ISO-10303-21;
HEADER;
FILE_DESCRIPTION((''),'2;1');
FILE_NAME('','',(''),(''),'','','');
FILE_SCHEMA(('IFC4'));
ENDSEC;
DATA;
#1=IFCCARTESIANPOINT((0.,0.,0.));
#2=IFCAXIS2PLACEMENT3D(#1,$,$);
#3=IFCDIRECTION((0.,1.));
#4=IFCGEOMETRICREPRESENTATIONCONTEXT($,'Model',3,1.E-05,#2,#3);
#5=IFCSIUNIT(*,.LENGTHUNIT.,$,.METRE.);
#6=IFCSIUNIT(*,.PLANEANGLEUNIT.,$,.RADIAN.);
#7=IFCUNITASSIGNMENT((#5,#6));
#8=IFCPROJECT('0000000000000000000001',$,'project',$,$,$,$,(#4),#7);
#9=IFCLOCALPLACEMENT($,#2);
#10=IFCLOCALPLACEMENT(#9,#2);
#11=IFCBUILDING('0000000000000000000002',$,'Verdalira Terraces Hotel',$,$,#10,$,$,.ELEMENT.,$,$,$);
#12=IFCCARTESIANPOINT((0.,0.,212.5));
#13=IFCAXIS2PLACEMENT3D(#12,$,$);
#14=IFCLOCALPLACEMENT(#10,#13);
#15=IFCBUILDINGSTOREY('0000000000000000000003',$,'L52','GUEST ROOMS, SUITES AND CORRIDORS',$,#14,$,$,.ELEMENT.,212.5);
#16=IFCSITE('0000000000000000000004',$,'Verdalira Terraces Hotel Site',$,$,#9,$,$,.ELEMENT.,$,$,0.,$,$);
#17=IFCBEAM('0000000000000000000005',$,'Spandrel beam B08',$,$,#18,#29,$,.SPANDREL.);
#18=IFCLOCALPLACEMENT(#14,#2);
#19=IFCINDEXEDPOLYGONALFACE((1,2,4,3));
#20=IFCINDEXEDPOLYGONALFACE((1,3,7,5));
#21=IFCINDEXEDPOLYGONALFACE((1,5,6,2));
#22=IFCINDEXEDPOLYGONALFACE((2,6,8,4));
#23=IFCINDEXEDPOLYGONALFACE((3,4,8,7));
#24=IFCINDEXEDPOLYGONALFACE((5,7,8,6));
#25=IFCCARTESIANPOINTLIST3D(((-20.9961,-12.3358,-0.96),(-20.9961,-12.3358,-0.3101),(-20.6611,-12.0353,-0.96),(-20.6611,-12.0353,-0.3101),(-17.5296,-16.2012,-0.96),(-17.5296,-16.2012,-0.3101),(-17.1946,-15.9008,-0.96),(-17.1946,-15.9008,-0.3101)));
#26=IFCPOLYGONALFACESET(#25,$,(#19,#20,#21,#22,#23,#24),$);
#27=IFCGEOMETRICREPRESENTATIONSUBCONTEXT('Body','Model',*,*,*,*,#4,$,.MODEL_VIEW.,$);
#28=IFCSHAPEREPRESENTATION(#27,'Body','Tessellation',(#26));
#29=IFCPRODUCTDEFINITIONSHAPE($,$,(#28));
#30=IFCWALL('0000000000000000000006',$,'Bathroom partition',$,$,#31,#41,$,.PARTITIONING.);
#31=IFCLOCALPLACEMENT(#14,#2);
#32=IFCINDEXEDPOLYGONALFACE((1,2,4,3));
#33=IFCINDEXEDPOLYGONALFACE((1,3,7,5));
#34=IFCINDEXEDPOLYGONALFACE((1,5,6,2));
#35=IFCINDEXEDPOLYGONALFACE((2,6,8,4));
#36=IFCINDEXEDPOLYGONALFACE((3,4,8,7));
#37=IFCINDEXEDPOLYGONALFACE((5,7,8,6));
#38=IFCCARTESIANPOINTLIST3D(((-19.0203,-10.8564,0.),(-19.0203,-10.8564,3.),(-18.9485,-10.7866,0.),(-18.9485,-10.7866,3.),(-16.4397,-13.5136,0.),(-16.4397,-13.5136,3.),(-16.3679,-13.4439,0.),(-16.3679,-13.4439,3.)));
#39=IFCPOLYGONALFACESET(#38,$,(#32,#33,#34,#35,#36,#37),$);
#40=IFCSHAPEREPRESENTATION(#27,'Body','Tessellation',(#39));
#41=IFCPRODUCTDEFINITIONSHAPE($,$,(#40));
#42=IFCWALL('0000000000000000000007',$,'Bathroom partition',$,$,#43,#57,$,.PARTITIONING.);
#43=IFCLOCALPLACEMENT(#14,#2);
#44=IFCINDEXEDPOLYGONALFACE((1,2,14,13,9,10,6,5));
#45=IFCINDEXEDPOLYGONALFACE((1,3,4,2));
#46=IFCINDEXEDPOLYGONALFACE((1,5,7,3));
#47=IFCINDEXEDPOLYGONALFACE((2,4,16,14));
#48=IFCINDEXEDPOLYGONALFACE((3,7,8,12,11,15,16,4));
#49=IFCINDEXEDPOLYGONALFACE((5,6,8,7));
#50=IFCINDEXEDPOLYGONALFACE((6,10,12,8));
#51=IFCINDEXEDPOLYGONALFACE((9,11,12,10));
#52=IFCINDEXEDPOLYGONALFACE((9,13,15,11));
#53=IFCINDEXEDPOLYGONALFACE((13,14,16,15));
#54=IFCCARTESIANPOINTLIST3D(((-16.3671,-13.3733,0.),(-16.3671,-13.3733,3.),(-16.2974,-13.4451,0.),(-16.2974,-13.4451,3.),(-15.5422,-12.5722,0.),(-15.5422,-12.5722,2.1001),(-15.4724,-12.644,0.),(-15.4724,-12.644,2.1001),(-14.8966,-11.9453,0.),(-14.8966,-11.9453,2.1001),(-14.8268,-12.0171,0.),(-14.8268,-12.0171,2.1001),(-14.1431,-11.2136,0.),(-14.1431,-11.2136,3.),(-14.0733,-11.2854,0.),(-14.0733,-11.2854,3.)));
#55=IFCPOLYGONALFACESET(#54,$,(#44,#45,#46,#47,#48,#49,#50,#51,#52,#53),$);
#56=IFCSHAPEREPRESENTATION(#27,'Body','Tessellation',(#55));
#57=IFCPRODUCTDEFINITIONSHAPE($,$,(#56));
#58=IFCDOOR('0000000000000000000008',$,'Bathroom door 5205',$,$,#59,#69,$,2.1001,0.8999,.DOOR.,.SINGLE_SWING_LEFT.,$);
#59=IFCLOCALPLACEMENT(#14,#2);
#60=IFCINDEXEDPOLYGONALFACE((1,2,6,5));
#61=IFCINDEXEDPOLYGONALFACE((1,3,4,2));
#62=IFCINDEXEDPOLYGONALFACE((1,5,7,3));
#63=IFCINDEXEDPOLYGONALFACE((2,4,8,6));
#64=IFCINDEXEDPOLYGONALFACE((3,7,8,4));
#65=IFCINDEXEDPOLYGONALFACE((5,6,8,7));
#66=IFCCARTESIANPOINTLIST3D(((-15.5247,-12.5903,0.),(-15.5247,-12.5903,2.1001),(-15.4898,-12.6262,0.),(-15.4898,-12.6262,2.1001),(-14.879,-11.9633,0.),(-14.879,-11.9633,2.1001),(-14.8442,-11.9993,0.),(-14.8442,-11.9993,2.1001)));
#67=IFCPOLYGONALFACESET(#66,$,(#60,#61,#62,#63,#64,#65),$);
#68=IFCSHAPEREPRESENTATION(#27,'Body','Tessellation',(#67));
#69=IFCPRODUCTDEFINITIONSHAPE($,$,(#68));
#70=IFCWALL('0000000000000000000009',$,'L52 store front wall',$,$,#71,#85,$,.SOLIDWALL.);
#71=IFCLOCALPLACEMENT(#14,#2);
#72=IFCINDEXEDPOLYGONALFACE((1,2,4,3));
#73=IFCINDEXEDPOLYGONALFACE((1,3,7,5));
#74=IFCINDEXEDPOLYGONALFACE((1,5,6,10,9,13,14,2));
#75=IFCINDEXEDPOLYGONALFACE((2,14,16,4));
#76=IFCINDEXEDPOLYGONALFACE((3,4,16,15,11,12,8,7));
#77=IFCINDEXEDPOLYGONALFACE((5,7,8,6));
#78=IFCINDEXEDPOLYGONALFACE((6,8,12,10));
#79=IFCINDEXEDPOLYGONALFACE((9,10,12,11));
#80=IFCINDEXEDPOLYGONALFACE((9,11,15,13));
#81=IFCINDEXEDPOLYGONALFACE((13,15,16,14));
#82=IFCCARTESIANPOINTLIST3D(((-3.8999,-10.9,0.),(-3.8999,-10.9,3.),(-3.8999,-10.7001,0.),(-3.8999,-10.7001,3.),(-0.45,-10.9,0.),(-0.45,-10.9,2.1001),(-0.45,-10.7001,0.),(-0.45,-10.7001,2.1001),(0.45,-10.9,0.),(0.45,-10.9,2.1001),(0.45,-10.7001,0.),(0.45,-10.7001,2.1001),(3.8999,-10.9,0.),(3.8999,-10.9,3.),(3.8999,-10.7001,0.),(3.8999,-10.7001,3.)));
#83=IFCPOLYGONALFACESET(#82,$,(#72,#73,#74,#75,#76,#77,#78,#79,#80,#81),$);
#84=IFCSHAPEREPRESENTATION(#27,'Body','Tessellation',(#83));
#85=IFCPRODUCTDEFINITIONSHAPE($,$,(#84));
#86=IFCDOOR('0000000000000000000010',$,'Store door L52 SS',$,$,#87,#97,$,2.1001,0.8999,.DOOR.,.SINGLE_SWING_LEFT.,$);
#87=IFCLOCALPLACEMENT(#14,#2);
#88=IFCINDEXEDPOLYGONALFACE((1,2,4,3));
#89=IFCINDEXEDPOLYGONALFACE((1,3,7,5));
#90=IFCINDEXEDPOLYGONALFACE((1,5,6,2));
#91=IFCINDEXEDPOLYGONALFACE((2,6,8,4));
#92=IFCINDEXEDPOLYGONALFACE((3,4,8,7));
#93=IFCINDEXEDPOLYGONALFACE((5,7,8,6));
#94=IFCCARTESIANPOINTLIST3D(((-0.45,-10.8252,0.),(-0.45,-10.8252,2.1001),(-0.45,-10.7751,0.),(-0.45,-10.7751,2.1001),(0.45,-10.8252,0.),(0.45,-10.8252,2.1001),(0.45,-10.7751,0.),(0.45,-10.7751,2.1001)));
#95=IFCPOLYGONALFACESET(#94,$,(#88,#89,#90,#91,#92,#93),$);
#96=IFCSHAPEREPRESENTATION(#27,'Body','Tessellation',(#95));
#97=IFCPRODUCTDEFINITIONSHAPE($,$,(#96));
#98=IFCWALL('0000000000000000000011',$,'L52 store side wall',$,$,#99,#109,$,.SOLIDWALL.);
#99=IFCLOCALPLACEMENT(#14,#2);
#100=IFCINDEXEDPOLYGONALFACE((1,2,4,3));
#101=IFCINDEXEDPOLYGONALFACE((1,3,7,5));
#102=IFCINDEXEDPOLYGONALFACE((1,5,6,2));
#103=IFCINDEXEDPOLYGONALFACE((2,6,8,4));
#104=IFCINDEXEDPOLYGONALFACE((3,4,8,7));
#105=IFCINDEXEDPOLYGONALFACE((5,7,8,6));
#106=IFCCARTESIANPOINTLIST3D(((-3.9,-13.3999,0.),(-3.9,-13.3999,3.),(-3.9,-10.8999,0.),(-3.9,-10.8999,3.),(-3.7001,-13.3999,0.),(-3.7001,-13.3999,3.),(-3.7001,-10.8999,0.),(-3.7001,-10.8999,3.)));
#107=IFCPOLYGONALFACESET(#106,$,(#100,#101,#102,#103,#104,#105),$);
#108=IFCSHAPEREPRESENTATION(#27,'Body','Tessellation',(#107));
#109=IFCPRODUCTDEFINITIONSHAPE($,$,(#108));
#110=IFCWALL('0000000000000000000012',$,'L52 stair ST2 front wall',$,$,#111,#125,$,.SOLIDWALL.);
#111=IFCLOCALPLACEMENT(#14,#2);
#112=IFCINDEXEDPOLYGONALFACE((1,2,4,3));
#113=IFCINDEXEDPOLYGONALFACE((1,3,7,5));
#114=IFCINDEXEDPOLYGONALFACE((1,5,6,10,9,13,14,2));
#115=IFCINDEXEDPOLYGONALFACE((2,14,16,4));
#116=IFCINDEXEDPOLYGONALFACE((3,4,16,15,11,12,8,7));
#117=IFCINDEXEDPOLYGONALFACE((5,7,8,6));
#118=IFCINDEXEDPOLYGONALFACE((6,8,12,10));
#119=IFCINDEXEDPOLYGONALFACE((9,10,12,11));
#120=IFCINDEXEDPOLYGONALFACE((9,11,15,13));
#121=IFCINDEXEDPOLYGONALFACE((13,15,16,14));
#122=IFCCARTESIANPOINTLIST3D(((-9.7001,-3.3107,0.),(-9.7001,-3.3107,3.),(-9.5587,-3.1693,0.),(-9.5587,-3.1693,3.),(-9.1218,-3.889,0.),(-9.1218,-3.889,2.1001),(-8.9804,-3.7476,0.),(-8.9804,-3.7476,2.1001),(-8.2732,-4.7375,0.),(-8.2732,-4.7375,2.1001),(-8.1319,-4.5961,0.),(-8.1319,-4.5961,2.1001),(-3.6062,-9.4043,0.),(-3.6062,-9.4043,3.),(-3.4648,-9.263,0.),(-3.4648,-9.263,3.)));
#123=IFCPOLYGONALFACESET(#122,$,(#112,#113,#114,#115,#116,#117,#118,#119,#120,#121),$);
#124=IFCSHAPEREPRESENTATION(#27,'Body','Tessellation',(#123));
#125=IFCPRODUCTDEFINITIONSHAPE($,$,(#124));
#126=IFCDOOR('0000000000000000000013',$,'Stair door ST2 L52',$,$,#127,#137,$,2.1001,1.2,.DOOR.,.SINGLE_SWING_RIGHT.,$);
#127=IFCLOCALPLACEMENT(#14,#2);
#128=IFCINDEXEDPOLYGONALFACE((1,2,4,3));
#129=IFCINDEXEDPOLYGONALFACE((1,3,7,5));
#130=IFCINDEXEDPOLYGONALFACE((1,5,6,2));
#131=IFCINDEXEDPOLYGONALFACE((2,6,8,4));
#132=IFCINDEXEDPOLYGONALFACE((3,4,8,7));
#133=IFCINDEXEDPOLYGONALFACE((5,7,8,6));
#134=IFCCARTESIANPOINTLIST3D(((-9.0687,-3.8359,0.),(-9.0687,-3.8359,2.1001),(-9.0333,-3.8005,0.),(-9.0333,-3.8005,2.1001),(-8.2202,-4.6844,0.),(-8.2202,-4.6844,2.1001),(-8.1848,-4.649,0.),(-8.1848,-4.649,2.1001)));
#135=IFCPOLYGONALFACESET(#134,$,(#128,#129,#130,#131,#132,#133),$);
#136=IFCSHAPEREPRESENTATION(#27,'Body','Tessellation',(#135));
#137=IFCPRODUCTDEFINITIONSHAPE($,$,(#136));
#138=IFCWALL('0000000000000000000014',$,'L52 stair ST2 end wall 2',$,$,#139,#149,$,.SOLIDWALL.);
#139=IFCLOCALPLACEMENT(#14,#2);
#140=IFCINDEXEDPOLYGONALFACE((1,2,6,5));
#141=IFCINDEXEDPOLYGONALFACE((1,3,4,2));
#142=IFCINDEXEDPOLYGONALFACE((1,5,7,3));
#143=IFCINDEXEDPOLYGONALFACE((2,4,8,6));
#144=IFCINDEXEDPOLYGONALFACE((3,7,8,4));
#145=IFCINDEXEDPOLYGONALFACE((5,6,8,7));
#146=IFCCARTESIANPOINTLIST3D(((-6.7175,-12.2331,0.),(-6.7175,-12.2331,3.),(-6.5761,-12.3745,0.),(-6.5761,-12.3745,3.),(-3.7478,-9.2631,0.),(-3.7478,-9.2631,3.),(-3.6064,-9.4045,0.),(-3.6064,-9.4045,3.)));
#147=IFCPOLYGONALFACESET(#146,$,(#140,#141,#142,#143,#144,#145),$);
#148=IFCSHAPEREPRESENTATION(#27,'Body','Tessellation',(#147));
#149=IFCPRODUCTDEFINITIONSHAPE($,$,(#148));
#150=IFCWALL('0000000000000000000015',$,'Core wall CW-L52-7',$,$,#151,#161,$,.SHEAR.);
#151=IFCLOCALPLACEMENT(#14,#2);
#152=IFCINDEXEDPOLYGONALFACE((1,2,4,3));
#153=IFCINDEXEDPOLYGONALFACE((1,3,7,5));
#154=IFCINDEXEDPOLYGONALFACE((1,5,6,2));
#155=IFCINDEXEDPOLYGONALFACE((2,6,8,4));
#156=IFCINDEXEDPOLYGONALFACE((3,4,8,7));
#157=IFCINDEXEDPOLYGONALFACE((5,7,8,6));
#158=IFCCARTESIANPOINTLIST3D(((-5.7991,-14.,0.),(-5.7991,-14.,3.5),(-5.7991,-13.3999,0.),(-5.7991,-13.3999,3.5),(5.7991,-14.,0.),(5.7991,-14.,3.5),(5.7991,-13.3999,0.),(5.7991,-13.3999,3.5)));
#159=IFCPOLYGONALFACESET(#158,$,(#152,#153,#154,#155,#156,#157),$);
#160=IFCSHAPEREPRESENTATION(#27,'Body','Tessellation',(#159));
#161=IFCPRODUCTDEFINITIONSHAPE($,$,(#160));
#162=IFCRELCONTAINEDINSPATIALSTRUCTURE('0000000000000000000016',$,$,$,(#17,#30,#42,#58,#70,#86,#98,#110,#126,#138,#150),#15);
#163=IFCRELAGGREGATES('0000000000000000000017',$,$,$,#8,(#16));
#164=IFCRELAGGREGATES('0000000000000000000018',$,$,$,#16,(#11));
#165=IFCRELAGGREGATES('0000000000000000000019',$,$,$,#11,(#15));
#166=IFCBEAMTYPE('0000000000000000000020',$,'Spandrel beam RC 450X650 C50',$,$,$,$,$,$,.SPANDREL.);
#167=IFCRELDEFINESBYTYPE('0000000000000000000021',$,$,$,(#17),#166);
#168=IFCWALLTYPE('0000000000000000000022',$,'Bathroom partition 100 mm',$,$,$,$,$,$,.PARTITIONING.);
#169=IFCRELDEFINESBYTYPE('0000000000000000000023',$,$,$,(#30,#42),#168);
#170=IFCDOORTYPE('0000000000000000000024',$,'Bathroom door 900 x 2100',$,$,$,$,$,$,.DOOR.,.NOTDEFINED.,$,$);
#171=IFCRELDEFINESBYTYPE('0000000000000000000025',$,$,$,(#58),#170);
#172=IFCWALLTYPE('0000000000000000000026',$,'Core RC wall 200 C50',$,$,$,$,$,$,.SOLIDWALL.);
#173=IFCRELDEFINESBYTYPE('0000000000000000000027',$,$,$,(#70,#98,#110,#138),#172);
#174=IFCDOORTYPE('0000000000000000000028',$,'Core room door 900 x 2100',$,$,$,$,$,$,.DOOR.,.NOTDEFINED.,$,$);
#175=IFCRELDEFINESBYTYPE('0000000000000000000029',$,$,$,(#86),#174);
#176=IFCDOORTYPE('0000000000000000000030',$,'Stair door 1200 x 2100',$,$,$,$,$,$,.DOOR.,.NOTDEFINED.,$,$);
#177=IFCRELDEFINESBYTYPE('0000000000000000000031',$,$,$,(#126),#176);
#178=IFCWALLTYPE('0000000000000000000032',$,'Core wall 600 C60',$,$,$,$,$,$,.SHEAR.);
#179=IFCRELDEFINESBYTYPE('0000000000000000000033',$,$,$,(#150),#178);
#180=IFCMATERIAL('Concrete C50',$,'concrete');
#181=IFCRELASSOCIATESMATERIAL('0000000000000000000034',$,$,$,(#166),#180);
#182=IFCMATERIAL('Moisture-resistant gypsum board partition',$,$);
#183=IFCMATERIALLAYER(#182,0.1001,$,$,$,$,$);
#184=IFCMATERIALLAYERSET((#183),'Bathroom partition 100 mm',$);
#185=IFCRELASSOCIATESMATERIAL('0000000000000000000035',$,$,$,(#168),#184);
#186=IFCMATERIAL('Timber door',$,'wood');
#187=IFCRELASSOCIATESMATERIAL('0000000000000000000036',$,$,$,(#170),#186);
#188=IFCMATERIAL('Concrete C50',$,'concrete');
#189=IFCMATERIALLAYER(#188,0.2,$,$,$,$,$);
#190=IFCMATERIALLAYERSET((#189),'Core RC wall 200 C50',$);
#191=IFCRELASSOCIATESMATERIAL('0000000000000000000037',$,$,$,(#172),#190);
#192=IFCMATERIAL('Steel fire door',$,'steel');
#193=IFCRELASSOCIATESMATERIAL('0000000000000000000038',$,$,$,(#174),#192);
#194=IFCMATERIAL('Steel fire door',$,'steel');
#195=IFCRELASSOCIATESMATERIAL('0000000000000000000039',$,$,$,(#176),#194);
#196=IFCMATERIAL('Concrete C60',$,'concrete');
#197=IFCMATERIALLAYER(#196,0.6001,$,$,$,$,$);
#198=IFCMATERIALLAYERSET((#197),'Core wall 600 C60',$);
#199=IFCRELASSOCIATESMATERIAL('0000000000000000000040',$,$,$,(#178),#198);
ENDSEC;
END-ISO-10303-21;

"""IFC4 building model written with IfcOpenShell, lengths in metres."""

from ifc_helpers import new_model, si_unit, direction, frame, frame_2d, origin, origin_2d, place, context, subcontext, project, spatial, rectangle, extrude, material, layer, layer_set, material_profile, profile_set, type_object, element, fill, save


model = new_model("IFC4")

# Units and contexts
model_context = context("Model", 3, precision=1e-05, world=origin(), true_north=direction((0.0, 1.0)))
body_context = subcontext(model_context, "Body", "Model", "MODEL_VIEW")
ifc_project = project(units=[si_unit("LENGTHUNIT", "METRE"), si_unit("PLANEANGLEUNIT", "RADIAN")], contexts=[model_context])

# Site, building, storey
site_placement = place(None, origin())
site = spatial("IfcSite", under=ifc_project, at=site_placement, Name="Verdalira Terraces Hotel Site", CompositionType="ELEMENT", RefElevation=0.0)
building_placement = place(site_placement, origin())
building = spatial("IfcBuilding", under=site, at=building_placement, Name="Verdalira Terraces Hotel", CompositionType="ELEMENT")
storey_placement = place(building_placement, frame((0.0, 0.0, 212.5)))
storey = spatial("IfcBuildingStorey", under=building, at=storey_placement, Name="L52", Description="GUEST ROOMS, SUITES AND CORRIDORS", CompositionType="ELEMENT", Elevation=212.5)

# Beam
ifc_material_1 = material(Name="Concrete C50", Category="concrete")
ifc_material_profile = material_profile(ifc_material_1, rectangle(XDim=0.45, YDim=0.6499, at=origin_2d()), Name="RC 450X650")
ifc_profile_set = profile_set([ifc_material_profile], Name="Concrete C50")
beam_type = type_object("IfcBeamType", Name="Spandrel beam RC 450X650 C50", PredefinedType="SPANDREL", material=ifc_profile_set)
beam_placement = place(storey_placement, frame((-20.8286, -12.1855, -0.635), z_axis=(0.667647, -0.744478, 0.0), x_axis=(0.744478, 0.667647, 0.0)))
element("IfcBeam", 1, at=beam_placement, inside=storey, type_object=beam_type, Name="Spandrel beam B08", PredefinedType="SPANDREL", context=body_context, shape_type="SweptSolid", body=[
    extrude(rectangle(XDim=0.45, YDim=0.6499, at=origin_2d()), origin(), (0.0, 0.0, 1.0), 5.1921),
])

# Wall
ifc_material_2 = material(Name="Moisture-resistant gypsum board partition")
ifc_layer_1 = layer(ifc_material_2, 0.1001)
ifc_layer_set_1 = layer_set([ifc_layer_1], Name="Bathroom partition 100 mm")
wall_type_1 = type_object("IfcWallType", Name="Bathroom partition 100 mm", PredefinedType="PARTITIONING", material=ifc_layer_set_1)
wall_1_placement = place(storey_placement, frame((-16.4038, -13.4788, 0.0), z_axis=(0.0, 0.0, 1.0), x_axis=(-0.696683, 0.717379, 0.0)))
element("IfcWall", 2, at=wall_1_placement, inside=storey, type_object=wall_type_1, Name="Bathroom partition", PredefinedType="PARTITIONING", context=body_context, shape_type="SweptSolid", body=[
    extrude(rectangle(XDim=3.7041, YDim=0.1001, at=frame_2d((1.8521, 0.0))), origin(), (0.0, 0.0, 1.0), 3.0),
])

# Walls, openings, doors
wall_2_placement = place(storey_placement, frame((-16.3323, -13.4092, 0.0), z_axis=(0.0, 0.0, 1.0), x_axis=(0.717426, 0.696635, 0.0)))
wall_2 = element("IfcWall", 3, at=wall_2_placement, inside=storey, type_object=wall_type_1, Name="Bathroom partition", PredefinedType="PARTITIONING", context=body_context, shape_type="SweptSolid", body=[
    extrude(rectangle(XDim=3.1001, YDim=0.1001, at=frame_2d((1.55, 0.0))), origin(), (0.0, 0.0, 1.0), 3.0),
])
opening_1_placement = place(wall_2_placement, frame((1.1499, 0.0, 0.0)))
opening_1 = element("IfcOpeningElement", 4, at=opening_1_placement, cuts=wall_2, PredefinedType="OPENING", context=body_context, shape_type="SweptSolid", body=[
    extrude(rectangle(XDim=0.8999, YDim=2.1001, at=frame_2d((0.45, 1.05))), frame((0.0, 0.0601, 0.0), z_axis=(0.0, -1.0, 0.0), x_axis=(1.0, 0.0, 0.0)), (0.0, 0.0, 1.0), 0.1201),
])
ifc_material_3 = material(Name="Timber door", Category="wood")
door_type_1 = type_object("IfcDoorType", Name="Bathroom door 900 x 2100", OperationType="NOTDEFINED", PredefinedType="DOOR", material=ifc_material_3)
door_1_placement = place(opening_1_placement, origin())
door_1 = element("IfcDoor", 5, at=door_1_placement, inside=storey, type_object=door_type_1, Name="Bathroom door 5205", OperationType="SINGLE_SWING_LEFT", OverallHeight=2.1001, OverallWidth=0.8999, PredefinedType="DOOR", context=body_context, shape_type="SweptSolid", body=[
    extrude(rectangle(XDim=0.8999, YDim=2.1001, at=frame_2d((0.45, 1.05))), frame((0.0, 0.0249, 0.0), z_axis=(0.0, -1.0, 0.0), x_axis=(1.0, 0.0, 0.0)), (0.0, 0.0, 1.0), 0.05),
])
fill(opening_1, door_1)
ifc_material_4 = material(Name="Concrete C50", Category="concrete")
ifc_layer_2 = layer(ifc_material_4, 0.2)
ifc_layer_set_2 = layer_set([ifc_layer_2], Name="Core RC wall 200 C50")
wall_type_2 = type_object("IfcWallType", Name="Core RC wall 200 C50", PredefinedType="SOLIDWALL", material=ifc_layer_set_2)
wall_3_placement = place(storey_placement, frame((-3.8999, -10.8, 0.0), z_axis=(0.0, 0.0, 1.0), x_axis=(1.0, 0.0, 0.0)))
wall_3 = element("IfcWall", 6, at=wall_3_placement, inside=storey, type_object=wall_type_2, Name="L52 store front wall", PredefinedType="SOLIDWALL", context=body_context, shape_type="SweptSolid", body=[
    extrude(rectangle(XDim=7.7998, YDim=0.2, at=frame_2d((3.8999, 0.0))), origin(), (0.0, 0.0, 1.0), 3.0),
])
opening_2_placement = place(wall_3_placement, frame((3.45, 0.0, 0.0)))
opening_2 = element("IfcOpeningElement", 7, at=opening_2_placement, cuts=wall_3, PredefinedType="OPENING", context=body_context, shape_type="SweptSolid", body=[
    extrude(rectangle(XDim=0.8999, YDim=2.1001, at=frame_2d((0.45, 1.05))), frame((0.0, 0.1099, 0.0), z_axis=(0.0, -1.0, 0.0), x_axis=(1.0, 0.0, 0.0)), (0.0, 0.0, 1.0), 0.22),
])
ifc_material_5 = material(Name="Steel fire door", Category="steel")
door_type_2 = type_object("IfcDoorType", Name="Core room door 900 x 2100", OperationType="NOTDEFINED", PredefinedType="DOOR", material=ifc_material_5)
door_2_placement = place(opening_2_placement, origin())
door_2 = element("IfcDoor", 8, at=door_2_placement, inside=storey, type_object=door_type_2, Name="Store door L52 SS", OperationType="SINGLE_SWING_LEFT", OverallHeight=2.1001, OverallWidth=0.8999, PredefinedType="DOOR", context=body_context, shape_type="SweptSolid", body=[
    extrude(rectangle(XDim=0.8999, YDim=2.1001, at=frame_2d((0.45, 1.05))), frame((0.0, 0.0249, 0.0), z_axis=(0.0, -1.0, 0.0), x_axis=(1.0, 0.0, 0.0)), (0.0, 0.0, 1.0), 0.05),
])
fill(opening_2, door_2)

# Wall
wall_4_placement = place(storey_placement, frame((-3.8, -10.8999, 0.0), z_axis=(0.0, 0.0, 1.0), x_axis=(0.0, -1.0, 0.0)))
element("IfcWall", 9, at=wall_4_placement, inside=storey, type_object=wall_type_2, Name="L52 store side wall", PredefinedType="SOLIDWALL", context=body_context, shape_type="SweptSolid", body=[
    extrude(rectangle(XDim=2.5, YDim=0.2, at=frame_2d((1.25, 0.0))), origin(), (0.0, 0.0, 1.0), 3.0),
])

# Wall, opening, door
wall_5_placement = place(storey_placement, frame((-3.5354, -9.3337, 0.0), z_axis=(0.0, 0.0, 1.0), x_axis=(-0.707121, 0.707093, 0.0)))
wall_5 = element("IfcWall", 10, at=wall_5_placement, inside=storey, type_object=wall_type_2, Name="L52 stair ST2 front wall", PredefinedType="SOLIDWALL", context=body_context, shape_type="SweptSolid", body=[
    extrude(rectangle(XDim=8.6179, YDim=0.2, at=frame_2d((4.3091, 0.0))), origin(), (0.0, 0.0, 1.0), 3.0),
])
opening_3_placement = place(wall_5_placement, frame((6.6001, 0.0, 0.0)))
opening_3 = element("IfcOpeningElement", 11, at=opening_3_placement, cuts=wall_5, PredefinedType="OPENING", context=body_context, shape_type="SweptSolid", body=[
    extrude(rectangle(XDim=1.2, YDim=2.1001, at=frame_2d((0.6001, 1.05))), frame((0.0, 0.1099, 0.0), z_axis=(0.0, -1.0, 0.0), x_axis=(1.0, 0.0, 0.0)), (0.0, 0.0, 1.0), 0.22),
])
ifc_material_6 = material(Name="Steel fire door", Category="steel")
door_type_3 = type_object("IfcDoorType", Name="Stair door 1200 x 2100", OperationType="NOTDEFINED", PredefinedType="DOOR", material=ifc_material_6)
door_3_placement = place(opening_3_placement, origin())
door_3 = element("IfcDoor", 12, at=door_3_placement, inside=storey, type_object=door_type_3, Name="Stair door ST2 L52", OperationType="SINGLE_SWING_RIGHT", OverallHeight=2.1001, OverallWidth=1.2, PredefinedType="DOOR", context=body_context, shape_type="SweptSolid", body=[
    extrude(rectangle(XDim=1.2, YDim=2.1001, at=frame_2d((0.6001, 1.05))), frame((0.0, 0.0249, 0.0), z_axis=(0.0, -1.0, 0.0), x_axis=(1.0, 0.0, 0.0)), (0.0, 0.0, 1.0), 0.05),
])
fill(opening_3, door_3)

# Walls
wall_6_placement = place(storey_placement, frame((-3.677, -9.3337, 0.0), z_axis=(0.0, 0.0, 1.0), x_axis=(-0.707078, -0.707136, 0.0)))
element("IfcWall", 13, at=wall_6_placement, inside=storey, type_object=wall_type_2, Name="L52 stair ST2 end wall 2", PredefinedType="SOLIDWALL", context=body_context, shape_type="SweptSolid", body=[
    extrude(rectangle(XDim=4.2, YDim=0.2, at=frame_2d((2.1001, 0.0))), origin(), (0.0, 0.0, 1.0), 3.0),
])
ifc_material_7 = material(Name="Concrete C60", Category="concrete")
ifc_layer_3 = layer(ifc_material_7, 0.6001)
ifc_layer_set_3 = layer_set([ifc_layer_3], Name="Core wall 600 C60")
wall_type_3 = type_object("IfcWallType", Name="Core wall 600 C60", PredefinedType="SHEAR", material=ifc_layer_set_3)
wall_7_placement = place(storey_placement, frame((-5.7991, -13.7, 0.0), z_axis=(0.0, 0.0, 1.0), x_axis=(1.0, 0.0, 0.0)))
element("IfcWall", 14, at=wall_7_placement, inside=storey, type_object=wall_type_3, Name="Core wall CW-L52-7", PredefinedType="SHEAR", context=body_context, shape_type="SweptSolid", body=[
    extrude(rectangle(XDim=11.5981, YDim=0.6001, at=frame_2d((5.7991, 0.0))), origin(), (0.0, 0.0, 1.0), 3.5),
])

save(model, "model.ifc")
